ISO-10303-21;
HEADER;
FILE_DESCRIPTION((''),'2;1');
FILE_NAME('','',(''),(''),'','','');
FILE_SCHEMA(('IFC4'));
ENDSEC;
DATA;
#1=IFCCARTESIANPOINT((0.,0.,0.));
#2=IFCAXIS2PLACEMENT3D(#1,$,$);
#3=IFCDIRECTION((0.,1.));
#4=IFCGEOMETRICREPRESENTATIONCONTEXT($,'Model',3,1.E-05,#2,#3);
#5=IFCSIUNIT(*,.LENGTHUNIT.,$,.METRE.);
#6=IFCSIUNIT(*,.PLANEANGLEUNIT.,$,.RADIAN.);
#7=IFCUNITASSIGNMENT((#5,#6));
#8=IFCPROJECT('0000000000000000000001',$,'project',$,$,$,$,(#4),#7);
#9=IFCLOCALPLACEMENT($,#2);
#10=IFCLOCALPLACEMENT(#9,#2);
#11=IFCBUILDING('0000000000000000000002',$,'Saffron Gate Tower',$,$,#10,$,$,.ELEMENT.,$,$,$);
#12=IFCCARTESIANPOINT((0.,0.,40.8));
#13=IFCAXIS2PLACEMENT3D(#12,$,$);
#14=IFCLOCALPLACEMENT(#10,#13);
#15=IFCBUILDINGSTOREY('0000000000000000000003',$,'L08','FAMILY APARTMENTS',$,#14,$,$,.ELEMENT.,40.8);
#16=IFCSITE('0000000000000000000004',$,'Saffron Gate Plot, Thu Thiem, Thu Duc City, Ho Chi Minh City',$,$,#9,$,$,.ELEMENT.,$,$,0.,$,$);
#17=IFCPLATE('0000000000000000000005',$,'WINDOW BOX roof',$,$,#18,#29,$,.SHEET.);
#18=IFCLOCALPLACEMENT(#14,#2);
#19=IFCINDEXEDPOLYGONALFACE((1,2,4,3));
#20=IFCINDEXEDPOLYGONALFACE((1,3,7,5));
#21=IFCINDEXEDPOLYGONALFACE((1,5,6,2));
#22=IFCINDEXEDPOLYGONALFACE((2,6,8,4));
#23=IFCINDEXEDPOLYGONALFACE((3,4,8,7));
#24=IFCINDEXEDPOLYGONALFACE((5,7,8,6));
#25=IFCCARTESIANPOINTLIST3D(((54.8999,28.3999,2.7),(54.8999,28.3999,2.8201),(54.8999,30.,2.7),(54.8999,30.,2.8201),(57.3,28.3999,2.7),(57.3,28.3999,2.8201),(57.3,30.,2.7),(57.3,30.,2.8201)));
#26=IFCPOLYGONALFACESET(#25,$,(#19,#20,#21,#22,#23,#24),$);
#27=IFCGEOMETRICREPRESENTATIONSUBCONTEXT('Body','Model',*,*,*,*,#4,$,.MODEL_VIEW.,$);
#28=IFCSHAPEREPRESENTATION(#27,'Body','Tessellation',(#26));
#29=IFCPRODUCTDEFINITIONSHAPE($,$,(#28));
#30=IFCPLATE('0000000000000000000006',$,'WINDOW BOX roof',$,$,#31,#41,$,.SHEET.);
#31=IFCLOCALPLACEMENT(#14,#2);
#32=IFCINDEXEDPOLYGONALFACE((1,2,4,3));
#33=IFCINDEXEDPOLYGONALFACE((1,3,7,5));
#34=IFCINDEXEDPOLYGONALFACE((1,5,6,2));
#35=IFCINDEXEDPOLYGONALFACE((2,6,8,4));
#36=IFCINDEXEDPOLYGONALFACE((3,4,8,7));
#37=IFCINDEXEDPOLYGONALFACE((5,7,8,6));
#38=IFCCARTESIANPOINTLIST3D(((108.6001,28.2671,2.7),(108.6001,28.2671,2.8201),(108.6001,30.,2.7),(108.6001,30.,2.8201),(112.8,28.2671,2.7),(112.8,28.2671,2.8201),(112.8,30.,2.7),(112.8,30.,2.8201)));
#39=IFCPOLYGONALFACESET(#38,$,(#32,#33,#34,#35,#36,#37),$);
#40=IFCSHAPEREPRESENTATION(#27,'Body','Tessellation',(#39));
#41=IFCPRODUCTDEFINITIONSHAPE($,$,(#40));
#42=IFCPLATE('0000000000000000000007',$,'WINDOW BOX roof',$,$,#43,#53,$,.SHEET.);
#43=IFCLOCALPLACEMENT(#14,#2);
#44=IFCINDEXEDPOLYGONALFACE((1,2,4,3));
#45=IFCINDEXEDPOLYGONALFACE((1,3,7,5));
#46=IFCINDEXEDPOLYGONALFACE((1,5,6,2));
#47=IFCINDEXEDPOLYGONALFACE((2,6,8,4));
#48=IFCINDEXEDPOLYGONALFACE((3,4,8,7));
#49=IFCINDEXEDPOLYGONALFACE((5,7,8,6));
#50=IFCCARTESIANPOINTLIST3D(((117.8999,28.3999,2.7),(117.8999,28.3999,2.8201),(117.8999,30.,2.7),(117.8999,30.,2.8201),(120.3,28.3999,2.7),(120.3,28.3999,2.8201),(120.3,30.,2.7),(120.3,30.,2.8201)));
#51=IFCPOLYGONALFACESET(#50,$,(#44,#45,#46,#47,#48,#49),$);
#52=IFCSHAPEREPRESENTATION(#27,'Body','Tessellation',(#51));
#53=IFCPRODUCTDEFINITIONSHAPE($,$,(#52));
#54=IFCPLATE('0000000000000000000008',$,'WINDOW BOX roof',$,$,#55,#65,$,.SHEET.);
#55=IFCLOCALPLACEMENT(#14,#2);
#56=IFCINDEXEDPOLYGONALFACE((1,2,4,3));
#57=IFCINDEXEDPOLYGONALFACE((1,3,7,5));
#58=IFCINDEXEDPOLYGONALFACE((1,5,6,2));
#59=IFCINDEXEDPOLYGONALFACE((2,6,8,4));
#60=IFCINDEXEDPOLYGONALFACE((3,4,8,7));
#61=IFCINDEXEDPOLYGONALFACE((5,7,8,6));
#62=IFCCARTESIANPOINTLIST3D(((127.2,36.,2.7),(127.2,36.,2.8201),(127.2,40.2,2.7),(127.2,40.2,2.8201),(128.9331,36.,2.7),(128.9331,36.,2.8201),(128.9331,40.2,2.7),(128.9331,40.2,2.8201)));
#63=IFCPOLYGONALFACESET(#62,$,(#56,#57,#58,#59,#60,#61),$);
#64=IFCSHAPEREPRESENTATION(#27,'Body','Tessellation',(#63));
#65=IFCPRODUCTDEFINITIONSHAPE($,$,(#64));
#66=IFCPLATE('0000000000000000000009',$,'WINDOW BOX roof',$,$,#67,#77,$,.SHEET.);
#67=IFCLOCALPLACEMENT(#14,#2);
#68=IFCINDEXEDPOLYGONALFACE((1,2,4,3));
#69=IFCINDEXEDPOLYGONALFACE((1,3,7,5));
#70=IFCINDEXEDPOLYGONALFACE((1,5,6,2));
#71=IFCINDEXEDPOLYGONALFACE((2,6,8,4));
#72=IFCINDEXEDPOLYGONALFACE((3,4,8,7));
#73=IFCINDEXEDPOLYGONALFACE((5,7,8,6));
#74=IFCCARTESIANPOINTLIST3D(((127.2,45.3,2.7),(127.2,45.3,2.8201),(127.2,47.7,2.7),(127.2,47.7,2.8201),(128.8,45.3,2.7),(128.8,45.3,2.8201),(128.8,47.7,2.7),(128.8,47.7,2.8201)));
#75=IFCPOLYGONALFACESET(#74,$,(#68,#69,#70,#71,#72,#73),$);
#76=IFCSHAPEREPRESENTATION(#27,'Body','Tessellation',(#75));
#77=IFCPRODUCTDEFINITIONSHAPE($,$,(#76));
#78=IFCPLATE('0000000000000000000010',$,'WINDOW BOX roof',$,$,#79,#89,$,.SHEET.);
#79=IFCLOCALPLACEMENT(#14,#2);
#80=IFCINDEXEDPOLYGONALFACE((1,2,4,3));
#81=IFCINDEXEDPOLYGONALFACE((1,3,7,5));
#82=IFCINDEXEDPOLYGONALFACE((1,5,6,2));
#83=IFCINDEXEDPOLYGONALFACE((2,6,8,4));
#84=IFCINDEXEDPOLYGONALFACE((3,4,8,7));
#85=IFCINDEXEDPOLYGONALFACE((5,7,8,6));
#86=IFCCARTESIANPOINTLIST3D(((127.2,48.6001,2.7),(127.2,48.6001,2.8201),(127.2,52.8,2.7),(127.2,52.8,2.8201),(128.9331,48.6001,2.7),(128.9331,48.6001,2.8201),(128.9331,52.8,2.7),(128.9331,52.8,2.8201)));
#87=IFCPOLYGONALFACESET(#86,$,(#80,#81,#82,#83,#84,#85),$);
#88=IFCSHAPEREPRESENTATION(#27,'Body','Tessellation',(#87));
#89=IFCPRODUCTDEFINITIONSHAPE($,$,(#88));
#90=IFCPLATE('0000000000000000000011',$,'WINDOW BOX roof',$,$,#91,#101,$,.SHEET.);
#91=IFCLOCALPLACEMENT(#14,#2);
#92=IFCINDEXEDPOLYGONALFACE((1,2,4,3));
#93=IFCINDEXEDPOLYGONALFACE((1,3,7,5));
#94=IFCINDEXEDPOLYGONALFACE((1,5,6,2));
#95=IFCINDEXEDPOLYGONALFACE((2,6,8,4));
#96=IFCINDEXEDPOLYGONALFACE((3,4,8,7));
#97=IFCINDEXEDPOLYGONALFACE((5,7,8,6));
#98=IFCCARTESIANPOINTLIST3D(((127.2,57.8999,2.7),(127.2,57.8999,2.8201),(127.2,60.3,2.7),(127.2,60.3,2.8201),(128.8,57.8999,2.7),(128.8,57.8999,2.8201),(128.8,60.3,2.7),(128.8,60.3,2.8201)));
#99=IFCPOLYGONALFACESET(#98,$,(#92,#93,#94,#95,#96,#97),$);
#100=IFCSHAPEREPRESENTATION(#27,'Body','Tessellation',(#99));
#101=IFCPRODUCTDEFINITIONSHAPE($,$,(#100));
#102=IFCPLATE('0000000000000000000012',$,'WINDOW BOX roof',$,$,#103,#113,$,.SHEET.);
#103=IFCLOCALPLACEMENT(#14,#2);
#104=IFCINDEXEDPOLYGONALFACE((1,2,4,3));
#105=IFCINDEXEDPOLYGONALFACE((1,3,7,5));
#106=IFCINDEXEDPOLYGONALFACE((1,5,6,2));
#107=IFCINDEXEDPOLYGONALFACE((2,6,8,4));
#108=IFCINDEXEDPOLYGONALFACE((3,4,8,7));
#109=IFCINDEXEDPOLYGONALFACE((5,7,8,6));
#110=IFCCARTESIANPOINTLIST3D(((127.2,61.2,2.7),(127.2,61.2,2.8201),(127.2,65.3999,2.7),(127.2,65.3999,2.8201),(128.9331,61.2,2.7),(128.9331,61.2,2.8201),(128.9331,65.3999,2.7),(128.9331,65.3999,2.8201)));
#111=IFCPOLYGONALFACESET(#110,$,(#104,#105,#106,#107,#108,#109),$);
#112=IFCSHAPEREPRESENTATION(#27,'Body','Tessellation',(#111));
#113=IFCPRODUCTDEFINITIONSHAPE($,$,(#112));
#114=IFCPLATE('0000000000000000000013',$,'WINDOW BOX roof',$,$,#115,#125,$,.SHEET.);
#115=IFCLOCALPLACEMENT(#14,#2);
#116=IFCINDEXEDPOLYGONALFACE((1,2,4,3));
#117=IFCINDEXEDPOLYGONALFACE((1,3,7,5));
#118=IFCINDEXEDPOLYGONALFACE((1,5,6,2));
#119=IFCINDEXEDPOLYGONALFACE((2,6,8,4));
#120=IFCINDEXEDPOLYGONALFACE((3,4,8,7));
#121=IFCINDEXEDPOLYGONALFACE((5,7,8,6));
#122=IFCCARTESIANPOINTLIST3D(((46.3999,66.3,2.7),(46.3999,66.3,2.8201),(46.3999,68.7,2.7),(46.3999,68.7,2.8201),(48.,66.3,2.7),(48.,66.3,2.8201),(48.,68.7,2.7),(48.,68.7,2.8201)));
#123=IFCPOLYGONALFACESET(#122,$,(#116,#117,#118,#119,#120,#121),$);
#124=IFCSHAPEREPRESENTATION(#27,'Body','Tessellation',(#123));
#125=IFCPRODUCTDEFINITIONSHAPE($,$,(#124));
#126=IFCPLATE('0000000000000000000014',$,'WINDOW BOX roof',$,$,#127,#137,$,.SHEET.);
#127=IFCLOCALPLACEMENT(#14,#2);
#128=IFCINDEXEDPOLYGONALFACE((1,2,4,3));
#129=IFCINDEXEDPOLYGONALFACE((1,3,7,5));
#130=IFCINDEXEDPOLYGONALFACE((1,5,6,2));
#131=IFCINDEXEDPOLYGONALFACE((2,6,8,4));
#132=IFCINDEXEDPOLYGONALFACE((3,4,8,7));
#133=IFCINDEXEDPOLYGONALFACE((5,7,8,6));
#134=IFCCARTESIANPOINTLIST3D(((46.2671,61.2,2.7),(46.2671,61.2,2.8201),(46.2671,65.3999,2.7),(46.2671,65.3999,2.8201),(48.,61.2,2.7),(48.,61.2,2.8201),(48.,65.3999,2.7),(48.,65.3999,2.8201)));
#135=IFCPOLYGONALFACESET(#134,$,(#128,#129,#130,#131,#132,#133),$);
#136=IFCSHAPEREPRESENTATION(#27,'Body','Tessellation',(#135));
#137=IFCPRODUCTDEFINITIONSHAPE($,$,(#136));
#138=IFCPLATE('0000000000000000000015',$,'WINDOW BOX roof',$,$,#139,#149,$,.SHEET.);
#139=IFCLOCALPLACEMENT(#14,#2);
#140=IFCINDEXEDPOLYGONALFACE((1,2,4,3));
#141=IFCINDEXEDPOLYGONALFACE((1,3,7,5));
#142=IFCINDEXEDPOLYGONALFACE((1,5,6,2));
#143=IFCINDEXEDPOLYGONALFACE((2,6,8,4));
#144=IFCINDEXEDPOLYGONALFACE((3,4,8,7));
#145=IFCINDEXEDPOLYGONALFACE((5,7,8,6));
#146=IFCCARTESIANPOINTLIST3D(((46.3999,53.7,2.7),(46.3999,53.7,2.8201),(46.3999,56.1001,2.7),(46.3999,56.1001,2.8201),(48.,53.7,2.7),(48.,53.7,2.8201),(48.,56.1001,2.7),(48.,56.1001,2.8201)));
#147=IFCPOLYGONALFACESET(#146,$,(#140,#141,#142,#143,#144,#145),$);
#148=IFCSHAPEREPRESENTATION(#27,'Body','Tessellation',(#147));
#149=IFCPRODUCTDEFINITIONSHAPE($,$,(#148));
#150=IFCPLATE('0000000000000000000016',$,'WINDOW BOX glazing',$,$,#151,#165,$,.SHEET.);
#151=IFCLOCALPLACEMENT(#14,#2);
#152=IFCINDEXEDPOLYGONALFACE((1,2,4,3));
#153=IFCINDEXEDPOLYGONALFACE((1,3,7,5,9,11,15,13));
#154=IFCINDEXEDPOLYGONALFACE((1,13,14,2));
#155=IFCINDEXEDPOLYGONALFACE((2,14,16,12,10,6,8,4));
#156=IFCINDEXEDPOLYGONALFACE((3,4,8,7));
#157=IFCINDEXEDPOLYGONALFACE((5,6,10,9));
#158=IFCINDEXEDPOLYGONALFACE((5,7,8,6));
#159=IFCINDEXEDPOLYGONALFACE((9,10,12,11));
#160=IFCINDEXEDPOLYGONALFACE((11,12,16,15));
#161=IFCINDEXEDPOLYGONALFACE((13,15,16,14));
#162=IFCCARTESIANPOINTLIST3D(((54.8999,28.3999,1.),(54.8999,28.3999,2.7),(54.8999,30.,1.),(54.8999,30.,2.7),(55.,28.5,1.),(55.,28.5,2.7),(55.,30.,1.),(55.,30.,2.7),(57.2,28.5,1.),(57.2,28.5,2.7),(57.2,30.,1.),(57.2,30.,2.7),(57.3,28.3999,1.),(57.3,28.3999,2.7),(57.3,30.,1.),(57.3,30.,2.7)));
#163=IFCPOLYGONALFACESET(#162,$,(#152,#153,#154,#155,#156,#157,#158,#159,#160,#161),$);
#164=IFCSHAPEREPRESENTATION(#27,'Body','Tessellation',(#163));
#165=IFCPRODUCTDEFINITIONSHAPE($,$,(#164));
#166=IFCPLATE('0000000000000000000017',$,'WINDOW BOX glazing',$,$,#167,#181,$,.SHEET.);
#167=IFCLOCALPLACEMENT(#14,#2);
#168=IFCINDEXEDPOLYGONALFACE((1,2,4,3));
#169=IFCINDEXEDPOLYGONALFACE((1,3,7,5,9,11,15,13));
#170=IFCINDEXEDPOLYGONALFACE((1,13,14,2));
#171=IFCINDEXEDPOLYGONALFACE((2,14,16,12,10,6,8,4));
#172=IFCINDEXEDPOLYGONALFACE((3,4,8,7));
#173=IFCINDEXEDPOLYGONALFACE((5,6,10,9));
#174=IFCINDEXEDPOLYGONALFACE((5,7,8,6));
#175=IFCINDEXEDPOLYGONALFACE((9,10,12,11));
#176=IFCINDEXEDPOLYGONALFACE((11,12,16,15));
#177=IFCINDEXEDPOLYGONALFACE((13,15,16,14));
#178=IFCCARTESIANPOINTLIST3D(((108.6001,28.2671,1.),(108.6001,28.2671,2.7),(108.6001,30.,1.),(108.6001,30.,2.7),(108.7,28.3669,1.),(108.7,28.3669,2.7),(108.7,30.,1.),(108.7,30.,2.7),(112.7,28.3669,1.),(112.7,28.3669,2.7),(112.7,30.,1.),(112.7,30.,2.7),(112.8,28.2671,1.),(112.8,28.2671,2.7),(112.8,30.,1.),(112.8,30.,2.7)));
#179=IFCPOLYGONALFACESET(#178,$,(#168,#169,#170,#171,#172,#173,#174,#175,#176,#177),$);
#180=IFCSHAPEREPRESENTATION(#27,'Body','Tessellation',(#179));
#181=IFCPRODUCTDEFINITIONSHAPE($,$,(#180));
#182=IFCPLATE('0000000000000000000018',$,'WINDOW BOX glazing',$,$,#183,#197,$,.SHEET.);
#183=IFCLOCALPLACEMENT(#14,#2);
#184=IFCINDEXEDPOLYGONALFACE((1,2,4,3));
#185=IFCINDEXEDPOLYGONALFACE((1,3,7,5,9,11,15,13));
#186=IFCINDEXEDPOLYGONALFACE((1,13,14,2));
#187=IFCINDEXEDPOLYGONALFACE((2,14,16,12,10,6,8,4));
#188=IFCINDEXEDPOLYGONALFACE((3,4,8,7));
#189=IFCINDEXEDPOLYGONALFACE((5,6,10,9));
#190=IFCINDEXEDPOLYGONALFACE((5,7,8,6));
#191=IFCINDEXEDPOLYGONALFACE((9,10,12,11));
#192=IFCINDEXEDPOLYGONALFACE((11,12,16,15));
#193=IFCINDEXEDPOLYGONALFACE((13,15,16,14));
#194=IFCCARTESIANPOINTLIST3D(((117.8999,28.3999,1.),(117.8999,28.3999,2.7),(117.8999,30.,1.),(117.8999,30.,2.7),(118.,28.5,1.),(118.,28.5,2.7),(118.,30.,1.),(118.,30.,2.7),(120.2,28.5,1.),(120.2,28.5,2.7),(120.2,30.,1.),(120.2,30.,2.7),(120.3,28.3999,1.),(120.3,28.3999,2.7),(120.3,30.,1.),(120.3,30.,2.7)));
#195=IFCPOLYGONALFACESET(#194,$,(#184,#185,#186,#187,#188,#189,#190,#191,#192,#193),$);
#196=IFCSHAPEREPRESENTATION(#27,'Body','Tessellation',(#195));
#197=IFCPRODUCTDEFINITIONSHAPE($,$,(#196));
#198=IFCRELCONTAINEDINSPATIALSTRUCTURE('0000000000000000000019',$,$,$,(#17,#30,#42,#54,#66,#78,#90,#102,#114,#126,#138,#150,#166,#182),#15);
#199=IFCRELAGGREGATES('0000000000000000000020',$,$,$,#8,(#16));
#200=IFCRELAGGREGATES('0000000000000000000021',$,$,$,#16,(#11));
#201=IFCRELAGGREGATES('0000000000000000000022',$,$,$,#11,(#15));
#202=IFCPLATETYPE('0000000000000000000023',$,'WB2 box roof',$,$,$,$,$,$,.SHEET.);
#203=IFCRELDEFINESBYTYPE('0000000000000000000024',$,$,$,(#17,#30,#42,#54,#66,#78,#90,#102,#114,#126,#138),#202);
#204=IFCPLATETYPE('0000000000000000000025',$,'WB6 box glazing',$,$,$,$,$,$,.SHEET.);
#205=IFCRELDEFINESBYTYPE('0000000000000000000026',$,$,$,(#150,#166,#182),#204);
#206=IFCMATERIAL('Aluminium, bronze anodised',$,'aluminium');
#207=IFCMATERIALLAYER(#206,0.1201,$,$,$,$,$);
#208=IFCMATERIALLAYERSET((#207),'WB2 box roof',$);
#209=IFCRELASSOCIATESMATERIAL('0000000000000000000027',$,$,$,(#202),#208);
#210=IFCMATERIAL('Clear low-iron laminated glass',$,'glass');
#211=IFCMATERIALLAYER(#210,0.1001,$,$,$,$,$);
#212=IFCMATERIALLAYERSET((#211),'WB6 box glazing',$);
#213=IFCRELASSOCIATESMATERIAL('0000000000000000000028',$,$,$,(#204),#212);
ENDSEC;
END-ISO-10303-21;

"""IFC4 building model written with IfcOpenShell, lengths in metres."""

from ifc_helpers import new_model, si_unit, direction, frame, origin, place, context, subcontext, project, spatial, polyline, outline, extrude, material, layer, layer_set, type_object, element, save


model = new_model("IFC4")

# Units and contexts
model_context = context("Model", 3, precision=1e-05, world=origin(), true_north=direction((0.0, 1.0)))
body_context = subcontext(model_context, "Body", "Model", "MODEL_VIEW")
ifc_project = project(units=[si_unit("LENGTHUNIT", "METRE"), si_unit("PLANEANGLEUNIT", "RADIAN")], contexts=[model_context])

# Site, building, storey
site_placement = place(None, origin())
site = spatial("IfcSite", under=ifc_project, at=site_placement, Name="Saffron Gate Plot, Thu Thiem, Thu Duc City, Ho Chi Minh City", CompositionType="ELEMENT", RefElevation=0.0)
building_placement = place(site_placement, origin())
building = spatial("IfcBuilding", under=site, at=building_placement, Name="Saffron Gate Tower", CompositionType="ELEMENT")
storey_placement = place(building_placement, frame((0.0, 0.0, 40.8)))
storey = spatial("IfcBuildingStorey", under=building, at=storey_placement, Name="L08", Description="FAMILY APARTMENTS", CompositionType="ELEMENT", Elevation=40.8)

# Plates
ifc_material_1 = material(Name="Aluminium, bronze anodised", Category="aluminium")
ifc_layer_1 = layer(ifc_material_1, 0.1201)
ifc_layer_set_1 = layer_set([ifc_layer_1], Name="WB2 box roof")
plate_type_1 = type_object("IfcPlateType", Name="WB2 box roof", PredefinedType="SHEET", material=ifc_layer_set_1)
plate_1_placement = place(storey_placement, frame((0.0, 0.0, 2.7)))
element("IfcPlate", 1, at=plate_1_placement, inside=storey, type_object=plate_type_1, Name="WINDOW BOX roof", PredefinedType="SHEET", context=body_context, shape_type="SweptSolid", body=[
    extrude(outline(polyline([(54.8999, 30.0), (57.3, 30.0), (57.3, 28.3999), (54.8999, 28.3999), (54.8999, 30.0)])), origin(), (0.0, 0.0, 1.0), 0.1201),
])
plate_2_placement = place(storey_placement, frame((0.0, 0.0, 2.7)))
element("IfcPlate", 2, at=plate_2_placement, inside=storey, type_object=plate_type_1, Name="WINDOW BOX roof", PredefinedType="SHEET", context=body_context, shape_type="SweptSolid", body=[
    extrude(outline(polyline([(108.6001, 30.0), (112.8, 30.0), (112.8, 28.2671), (108.6001, 28.2671), (108.6001, 30.0)])), origin(), (0.0, 0.0, 1.0), 0.1201),
])
plate_3_placement = place(storey_placement, frame((0.0, 0.0, 2.7)))
element("IfcPlate", 3, at=plate_3_placement, inside=storey, type_object=plate_type_1, Name="WINDOW BOX roof", PredefinedType="SHEET", context=body_context, shape_type="SweptSolid", body=[
    extrude(outline(polyline([(117.8999, 30.0), (120.3, 30.0), (120.3, 28.3999), (117.8999, 28.3999), (117.8999, 30.0)])), origin(), (0.0, 0.0, 1.0), 0.1201),
])
plate_4_placement = place(storey_placement, frame((0.0, 0.0, 2.7)))
element("IfcPlate", 4, at=plate_4_placement, inside=storey, type_object=plate_type_1, Name="WINDOW BOX roof", PredefinedType="SHEET", context=body_context, shape_type="SweptSolid", body=[
    extrude(outline(polyline([(127.2, 36.0), (127.2, 40.2), (128.9331, 40.2), (128.9331, 36.0), (127.2, 36.0)])), origin(), (0.0, 0.0, 1.0), 0.1201),
])
plate_5_placement = place(storey_placement, frame((0.0, 0.0, 2.7)))
element("IfcPlate", 5, at=plate_5_placement, inside=storey, type_object=plate_type_1, Name="WINDOW BOX roof", PredefinedType="SHEET", context=body_context, shape_type="SweptSolid", body=[
    extrude(outline(polyline([(127.2, 45.3), (127.2, 47.7), (128.8, 47.7), (128.8, 45.3), (127.2, 45.3)])), origin(), (0.0, 0.0, 1.0), 0.1201),
])
plate_6_placement = place(storey_placement, frame((0.0, 0.0, 2.7)))
element("IfcPlate", 6, at=plate_6_placement, inside=storey, type_object=plate_type_1, Name="WINDOW BOX roof", PredefinedType="SHEET", context=body_context, shape_type="SweptSolid", body=[
    extrude(outline(polyline([(127.2, 48.6001), (127.2, 52.8), (128.9331, 52.8), (128.9331, 48.6001), (127.2, 48.6001)])), origin(), (0.0, 0.0, 1.0), 0.1201),
])
plate_7_placement = place(storey_placement, frame((0.0, 0.0, 2.7)))
element("IfcPlate", 7, at=plate_7_placement, inside=storey, type_object=plate_type_1, Name="WINDOW BOX roof", PredefinedType="SHEET", context=body_context, shape_type="SweptSolid", body=[
    extrude(outline(polyline([(127.2, 57.8999), (127.2, 60.3), (128.8, 60.3), (128.8, 57.8999), (127.2, 57.8999)])), origin(), (0.0, 0.0, 1.0), 0.1201),
])
plate_8_placement = place(storey_placement, frame((0.0, 0.0, 2.7)))
element("IfcPlate", 8, at=plate_8_placement, inside=storey, type_object=plate_type_1, Name="WINDOW BOX roof", PredefinedType="SHEET", context=body_context, shape_type="SweptSolid", body=[
    extrude(outline(polyline([(127.2, 61.2), (127.2, 65.3999), (128.9331, 65.3999), (128.9331, 61.2), (127.2, 61.2)])), origin(), (0.0, 0.0, 1.0), 0.1201),
])
plate_9_placement = place(storey_placement, frame((0.0, 0.0, 2.7)))
element("IfcPlate", 9, at=plate_9_placement, inside=storey, type_object=plate_type_1, Name="WINDOW BOX roof", PredefinedType="SHEET", context=body_context, shape_type="SweptSolid", body=[
    extrude(outline(polyline([(48.0, 68.7), (48.0, 66.3), (46.3999, 66.3), (46.3999, 68.7), (48.0, 68.7)])), origin(), (0.0, 0.0, 1.0), 0.1201),
])
plate_10_placement = place(storey_placement, frame((0.0, 0.0, 2.7)))
element("IfcPlate", 10, at=plate_10_placement, inside=storey, type_object=plate_type_1, Name="WINDOW BOX roof", PredefinedType="SHEET", context=body_context, shape_type="SweptSolid", body=[
    extrude(outline(polyline([(48.0, 65.3999), (48.0, 61.2), (46.2671, 61.2), (46.2671, 65.3999), (48.0, 65.3999)])), origin(), (0.0, 0.0, 1.0), 0.1201),
])
plate_11_placement = place(storey_placement, frame((0.0, 0.0, 2.7)))
element("IfcPlate", 11, at=plate_11_placement, inside=storey, type_object=plate_type_1, Name="WINDOW BOX roof", PredefinedType="SHEET", context=body_context, shape_type="SweptSolid", body=[
    extrude(outline(polyline([(48.0, 56.1001), (48.0, 53.7), (46.3999, 53.7), (46.3999, 56.1001), (48.0, 56.1001)])), origin(), (0.0, 0.0, 1.0), 0.1201),
])
ifc_material_2 = material(Name="Clear low-iron laminated glass", Category="glass")
ifc_layer_2 = layer(ifc_material_2, 0.1001)
ifc_layer_set_2 = layer_set([ifc_layer_2], Name="WB6 box glazing")
plate_type_2 = type_object("IfcPlateType", Name="WB6 box glazing", PredefinedType="SHEET", material=ifc_layer_set_2)
plate_12_placement = place(storey_placement, frame((0.0, 0.0, 1.0)))
element("IfcPlate", 12, at=plate_12_placement, inside=storey, type_object=plate_type_2, Name="WINDOW BOX glazing", PredefinedType="SHEET", context=body_context, shape_type="SweptSolid", body=[
    extrude(outline(polyline([(54.8999, 30.0), (55.0, 30.0), (55.0, 28.5), (57.2, 28.5), (57.2, 30.0), (57.3, 30.0), (57.3, 28.3999), (54.8999, 28.3999), (54.8999, 30.0)])), origin(), (0.0, 0.0, 1.0), 1.7),
])
plate_13_placement = place(storey_placement, frame((0.0, 0.0, 1.0)))
element("IfcPlate", 13, at=plate_13_placement, inside=storey, type_object=plate_type_2, Name="WINDOW BOX glazing", PredefinedType="SHEET", context=body_context, shape_type="SweptSolid", body=[
    extrude(outline(polyline([(108.6001, 30.0), (108.7, 30.0), (108.7, 28.3669), (112.7, 28.3669), (112.7, 30.0), (112.8, 30.0), (112.8, 28.2671), (108.6001, 28.2671), (108.6001, 30.0)])), origin(), (0.0, 0.0, 1.0), 1.7),
])
plate_14_placement = place(storey_placement, frame((0.0, 0.0, 1.0)))
element("IfcPlate", 14, at=plate_14_placement, inside=storey, type_object=plate_type_2, Name="WINDOW BOX glazing", PredefinedType="SHEET", context=body_context, shape_type="SweptSolid", body=[
    extrude(outline(polyline([(117.8999, 30.0), (118.0, 30.0), (118.0, 28.5), (120.2, 28.5), (120.2, 30.0), (120.3, 30.0), (120.3, 28.3999), (117.8999, 28.3999), (117.8999, 30.0)])), origin(), (0.0, 0.0, 1.0), 1.7),
])

save(model, "model.ifc")
